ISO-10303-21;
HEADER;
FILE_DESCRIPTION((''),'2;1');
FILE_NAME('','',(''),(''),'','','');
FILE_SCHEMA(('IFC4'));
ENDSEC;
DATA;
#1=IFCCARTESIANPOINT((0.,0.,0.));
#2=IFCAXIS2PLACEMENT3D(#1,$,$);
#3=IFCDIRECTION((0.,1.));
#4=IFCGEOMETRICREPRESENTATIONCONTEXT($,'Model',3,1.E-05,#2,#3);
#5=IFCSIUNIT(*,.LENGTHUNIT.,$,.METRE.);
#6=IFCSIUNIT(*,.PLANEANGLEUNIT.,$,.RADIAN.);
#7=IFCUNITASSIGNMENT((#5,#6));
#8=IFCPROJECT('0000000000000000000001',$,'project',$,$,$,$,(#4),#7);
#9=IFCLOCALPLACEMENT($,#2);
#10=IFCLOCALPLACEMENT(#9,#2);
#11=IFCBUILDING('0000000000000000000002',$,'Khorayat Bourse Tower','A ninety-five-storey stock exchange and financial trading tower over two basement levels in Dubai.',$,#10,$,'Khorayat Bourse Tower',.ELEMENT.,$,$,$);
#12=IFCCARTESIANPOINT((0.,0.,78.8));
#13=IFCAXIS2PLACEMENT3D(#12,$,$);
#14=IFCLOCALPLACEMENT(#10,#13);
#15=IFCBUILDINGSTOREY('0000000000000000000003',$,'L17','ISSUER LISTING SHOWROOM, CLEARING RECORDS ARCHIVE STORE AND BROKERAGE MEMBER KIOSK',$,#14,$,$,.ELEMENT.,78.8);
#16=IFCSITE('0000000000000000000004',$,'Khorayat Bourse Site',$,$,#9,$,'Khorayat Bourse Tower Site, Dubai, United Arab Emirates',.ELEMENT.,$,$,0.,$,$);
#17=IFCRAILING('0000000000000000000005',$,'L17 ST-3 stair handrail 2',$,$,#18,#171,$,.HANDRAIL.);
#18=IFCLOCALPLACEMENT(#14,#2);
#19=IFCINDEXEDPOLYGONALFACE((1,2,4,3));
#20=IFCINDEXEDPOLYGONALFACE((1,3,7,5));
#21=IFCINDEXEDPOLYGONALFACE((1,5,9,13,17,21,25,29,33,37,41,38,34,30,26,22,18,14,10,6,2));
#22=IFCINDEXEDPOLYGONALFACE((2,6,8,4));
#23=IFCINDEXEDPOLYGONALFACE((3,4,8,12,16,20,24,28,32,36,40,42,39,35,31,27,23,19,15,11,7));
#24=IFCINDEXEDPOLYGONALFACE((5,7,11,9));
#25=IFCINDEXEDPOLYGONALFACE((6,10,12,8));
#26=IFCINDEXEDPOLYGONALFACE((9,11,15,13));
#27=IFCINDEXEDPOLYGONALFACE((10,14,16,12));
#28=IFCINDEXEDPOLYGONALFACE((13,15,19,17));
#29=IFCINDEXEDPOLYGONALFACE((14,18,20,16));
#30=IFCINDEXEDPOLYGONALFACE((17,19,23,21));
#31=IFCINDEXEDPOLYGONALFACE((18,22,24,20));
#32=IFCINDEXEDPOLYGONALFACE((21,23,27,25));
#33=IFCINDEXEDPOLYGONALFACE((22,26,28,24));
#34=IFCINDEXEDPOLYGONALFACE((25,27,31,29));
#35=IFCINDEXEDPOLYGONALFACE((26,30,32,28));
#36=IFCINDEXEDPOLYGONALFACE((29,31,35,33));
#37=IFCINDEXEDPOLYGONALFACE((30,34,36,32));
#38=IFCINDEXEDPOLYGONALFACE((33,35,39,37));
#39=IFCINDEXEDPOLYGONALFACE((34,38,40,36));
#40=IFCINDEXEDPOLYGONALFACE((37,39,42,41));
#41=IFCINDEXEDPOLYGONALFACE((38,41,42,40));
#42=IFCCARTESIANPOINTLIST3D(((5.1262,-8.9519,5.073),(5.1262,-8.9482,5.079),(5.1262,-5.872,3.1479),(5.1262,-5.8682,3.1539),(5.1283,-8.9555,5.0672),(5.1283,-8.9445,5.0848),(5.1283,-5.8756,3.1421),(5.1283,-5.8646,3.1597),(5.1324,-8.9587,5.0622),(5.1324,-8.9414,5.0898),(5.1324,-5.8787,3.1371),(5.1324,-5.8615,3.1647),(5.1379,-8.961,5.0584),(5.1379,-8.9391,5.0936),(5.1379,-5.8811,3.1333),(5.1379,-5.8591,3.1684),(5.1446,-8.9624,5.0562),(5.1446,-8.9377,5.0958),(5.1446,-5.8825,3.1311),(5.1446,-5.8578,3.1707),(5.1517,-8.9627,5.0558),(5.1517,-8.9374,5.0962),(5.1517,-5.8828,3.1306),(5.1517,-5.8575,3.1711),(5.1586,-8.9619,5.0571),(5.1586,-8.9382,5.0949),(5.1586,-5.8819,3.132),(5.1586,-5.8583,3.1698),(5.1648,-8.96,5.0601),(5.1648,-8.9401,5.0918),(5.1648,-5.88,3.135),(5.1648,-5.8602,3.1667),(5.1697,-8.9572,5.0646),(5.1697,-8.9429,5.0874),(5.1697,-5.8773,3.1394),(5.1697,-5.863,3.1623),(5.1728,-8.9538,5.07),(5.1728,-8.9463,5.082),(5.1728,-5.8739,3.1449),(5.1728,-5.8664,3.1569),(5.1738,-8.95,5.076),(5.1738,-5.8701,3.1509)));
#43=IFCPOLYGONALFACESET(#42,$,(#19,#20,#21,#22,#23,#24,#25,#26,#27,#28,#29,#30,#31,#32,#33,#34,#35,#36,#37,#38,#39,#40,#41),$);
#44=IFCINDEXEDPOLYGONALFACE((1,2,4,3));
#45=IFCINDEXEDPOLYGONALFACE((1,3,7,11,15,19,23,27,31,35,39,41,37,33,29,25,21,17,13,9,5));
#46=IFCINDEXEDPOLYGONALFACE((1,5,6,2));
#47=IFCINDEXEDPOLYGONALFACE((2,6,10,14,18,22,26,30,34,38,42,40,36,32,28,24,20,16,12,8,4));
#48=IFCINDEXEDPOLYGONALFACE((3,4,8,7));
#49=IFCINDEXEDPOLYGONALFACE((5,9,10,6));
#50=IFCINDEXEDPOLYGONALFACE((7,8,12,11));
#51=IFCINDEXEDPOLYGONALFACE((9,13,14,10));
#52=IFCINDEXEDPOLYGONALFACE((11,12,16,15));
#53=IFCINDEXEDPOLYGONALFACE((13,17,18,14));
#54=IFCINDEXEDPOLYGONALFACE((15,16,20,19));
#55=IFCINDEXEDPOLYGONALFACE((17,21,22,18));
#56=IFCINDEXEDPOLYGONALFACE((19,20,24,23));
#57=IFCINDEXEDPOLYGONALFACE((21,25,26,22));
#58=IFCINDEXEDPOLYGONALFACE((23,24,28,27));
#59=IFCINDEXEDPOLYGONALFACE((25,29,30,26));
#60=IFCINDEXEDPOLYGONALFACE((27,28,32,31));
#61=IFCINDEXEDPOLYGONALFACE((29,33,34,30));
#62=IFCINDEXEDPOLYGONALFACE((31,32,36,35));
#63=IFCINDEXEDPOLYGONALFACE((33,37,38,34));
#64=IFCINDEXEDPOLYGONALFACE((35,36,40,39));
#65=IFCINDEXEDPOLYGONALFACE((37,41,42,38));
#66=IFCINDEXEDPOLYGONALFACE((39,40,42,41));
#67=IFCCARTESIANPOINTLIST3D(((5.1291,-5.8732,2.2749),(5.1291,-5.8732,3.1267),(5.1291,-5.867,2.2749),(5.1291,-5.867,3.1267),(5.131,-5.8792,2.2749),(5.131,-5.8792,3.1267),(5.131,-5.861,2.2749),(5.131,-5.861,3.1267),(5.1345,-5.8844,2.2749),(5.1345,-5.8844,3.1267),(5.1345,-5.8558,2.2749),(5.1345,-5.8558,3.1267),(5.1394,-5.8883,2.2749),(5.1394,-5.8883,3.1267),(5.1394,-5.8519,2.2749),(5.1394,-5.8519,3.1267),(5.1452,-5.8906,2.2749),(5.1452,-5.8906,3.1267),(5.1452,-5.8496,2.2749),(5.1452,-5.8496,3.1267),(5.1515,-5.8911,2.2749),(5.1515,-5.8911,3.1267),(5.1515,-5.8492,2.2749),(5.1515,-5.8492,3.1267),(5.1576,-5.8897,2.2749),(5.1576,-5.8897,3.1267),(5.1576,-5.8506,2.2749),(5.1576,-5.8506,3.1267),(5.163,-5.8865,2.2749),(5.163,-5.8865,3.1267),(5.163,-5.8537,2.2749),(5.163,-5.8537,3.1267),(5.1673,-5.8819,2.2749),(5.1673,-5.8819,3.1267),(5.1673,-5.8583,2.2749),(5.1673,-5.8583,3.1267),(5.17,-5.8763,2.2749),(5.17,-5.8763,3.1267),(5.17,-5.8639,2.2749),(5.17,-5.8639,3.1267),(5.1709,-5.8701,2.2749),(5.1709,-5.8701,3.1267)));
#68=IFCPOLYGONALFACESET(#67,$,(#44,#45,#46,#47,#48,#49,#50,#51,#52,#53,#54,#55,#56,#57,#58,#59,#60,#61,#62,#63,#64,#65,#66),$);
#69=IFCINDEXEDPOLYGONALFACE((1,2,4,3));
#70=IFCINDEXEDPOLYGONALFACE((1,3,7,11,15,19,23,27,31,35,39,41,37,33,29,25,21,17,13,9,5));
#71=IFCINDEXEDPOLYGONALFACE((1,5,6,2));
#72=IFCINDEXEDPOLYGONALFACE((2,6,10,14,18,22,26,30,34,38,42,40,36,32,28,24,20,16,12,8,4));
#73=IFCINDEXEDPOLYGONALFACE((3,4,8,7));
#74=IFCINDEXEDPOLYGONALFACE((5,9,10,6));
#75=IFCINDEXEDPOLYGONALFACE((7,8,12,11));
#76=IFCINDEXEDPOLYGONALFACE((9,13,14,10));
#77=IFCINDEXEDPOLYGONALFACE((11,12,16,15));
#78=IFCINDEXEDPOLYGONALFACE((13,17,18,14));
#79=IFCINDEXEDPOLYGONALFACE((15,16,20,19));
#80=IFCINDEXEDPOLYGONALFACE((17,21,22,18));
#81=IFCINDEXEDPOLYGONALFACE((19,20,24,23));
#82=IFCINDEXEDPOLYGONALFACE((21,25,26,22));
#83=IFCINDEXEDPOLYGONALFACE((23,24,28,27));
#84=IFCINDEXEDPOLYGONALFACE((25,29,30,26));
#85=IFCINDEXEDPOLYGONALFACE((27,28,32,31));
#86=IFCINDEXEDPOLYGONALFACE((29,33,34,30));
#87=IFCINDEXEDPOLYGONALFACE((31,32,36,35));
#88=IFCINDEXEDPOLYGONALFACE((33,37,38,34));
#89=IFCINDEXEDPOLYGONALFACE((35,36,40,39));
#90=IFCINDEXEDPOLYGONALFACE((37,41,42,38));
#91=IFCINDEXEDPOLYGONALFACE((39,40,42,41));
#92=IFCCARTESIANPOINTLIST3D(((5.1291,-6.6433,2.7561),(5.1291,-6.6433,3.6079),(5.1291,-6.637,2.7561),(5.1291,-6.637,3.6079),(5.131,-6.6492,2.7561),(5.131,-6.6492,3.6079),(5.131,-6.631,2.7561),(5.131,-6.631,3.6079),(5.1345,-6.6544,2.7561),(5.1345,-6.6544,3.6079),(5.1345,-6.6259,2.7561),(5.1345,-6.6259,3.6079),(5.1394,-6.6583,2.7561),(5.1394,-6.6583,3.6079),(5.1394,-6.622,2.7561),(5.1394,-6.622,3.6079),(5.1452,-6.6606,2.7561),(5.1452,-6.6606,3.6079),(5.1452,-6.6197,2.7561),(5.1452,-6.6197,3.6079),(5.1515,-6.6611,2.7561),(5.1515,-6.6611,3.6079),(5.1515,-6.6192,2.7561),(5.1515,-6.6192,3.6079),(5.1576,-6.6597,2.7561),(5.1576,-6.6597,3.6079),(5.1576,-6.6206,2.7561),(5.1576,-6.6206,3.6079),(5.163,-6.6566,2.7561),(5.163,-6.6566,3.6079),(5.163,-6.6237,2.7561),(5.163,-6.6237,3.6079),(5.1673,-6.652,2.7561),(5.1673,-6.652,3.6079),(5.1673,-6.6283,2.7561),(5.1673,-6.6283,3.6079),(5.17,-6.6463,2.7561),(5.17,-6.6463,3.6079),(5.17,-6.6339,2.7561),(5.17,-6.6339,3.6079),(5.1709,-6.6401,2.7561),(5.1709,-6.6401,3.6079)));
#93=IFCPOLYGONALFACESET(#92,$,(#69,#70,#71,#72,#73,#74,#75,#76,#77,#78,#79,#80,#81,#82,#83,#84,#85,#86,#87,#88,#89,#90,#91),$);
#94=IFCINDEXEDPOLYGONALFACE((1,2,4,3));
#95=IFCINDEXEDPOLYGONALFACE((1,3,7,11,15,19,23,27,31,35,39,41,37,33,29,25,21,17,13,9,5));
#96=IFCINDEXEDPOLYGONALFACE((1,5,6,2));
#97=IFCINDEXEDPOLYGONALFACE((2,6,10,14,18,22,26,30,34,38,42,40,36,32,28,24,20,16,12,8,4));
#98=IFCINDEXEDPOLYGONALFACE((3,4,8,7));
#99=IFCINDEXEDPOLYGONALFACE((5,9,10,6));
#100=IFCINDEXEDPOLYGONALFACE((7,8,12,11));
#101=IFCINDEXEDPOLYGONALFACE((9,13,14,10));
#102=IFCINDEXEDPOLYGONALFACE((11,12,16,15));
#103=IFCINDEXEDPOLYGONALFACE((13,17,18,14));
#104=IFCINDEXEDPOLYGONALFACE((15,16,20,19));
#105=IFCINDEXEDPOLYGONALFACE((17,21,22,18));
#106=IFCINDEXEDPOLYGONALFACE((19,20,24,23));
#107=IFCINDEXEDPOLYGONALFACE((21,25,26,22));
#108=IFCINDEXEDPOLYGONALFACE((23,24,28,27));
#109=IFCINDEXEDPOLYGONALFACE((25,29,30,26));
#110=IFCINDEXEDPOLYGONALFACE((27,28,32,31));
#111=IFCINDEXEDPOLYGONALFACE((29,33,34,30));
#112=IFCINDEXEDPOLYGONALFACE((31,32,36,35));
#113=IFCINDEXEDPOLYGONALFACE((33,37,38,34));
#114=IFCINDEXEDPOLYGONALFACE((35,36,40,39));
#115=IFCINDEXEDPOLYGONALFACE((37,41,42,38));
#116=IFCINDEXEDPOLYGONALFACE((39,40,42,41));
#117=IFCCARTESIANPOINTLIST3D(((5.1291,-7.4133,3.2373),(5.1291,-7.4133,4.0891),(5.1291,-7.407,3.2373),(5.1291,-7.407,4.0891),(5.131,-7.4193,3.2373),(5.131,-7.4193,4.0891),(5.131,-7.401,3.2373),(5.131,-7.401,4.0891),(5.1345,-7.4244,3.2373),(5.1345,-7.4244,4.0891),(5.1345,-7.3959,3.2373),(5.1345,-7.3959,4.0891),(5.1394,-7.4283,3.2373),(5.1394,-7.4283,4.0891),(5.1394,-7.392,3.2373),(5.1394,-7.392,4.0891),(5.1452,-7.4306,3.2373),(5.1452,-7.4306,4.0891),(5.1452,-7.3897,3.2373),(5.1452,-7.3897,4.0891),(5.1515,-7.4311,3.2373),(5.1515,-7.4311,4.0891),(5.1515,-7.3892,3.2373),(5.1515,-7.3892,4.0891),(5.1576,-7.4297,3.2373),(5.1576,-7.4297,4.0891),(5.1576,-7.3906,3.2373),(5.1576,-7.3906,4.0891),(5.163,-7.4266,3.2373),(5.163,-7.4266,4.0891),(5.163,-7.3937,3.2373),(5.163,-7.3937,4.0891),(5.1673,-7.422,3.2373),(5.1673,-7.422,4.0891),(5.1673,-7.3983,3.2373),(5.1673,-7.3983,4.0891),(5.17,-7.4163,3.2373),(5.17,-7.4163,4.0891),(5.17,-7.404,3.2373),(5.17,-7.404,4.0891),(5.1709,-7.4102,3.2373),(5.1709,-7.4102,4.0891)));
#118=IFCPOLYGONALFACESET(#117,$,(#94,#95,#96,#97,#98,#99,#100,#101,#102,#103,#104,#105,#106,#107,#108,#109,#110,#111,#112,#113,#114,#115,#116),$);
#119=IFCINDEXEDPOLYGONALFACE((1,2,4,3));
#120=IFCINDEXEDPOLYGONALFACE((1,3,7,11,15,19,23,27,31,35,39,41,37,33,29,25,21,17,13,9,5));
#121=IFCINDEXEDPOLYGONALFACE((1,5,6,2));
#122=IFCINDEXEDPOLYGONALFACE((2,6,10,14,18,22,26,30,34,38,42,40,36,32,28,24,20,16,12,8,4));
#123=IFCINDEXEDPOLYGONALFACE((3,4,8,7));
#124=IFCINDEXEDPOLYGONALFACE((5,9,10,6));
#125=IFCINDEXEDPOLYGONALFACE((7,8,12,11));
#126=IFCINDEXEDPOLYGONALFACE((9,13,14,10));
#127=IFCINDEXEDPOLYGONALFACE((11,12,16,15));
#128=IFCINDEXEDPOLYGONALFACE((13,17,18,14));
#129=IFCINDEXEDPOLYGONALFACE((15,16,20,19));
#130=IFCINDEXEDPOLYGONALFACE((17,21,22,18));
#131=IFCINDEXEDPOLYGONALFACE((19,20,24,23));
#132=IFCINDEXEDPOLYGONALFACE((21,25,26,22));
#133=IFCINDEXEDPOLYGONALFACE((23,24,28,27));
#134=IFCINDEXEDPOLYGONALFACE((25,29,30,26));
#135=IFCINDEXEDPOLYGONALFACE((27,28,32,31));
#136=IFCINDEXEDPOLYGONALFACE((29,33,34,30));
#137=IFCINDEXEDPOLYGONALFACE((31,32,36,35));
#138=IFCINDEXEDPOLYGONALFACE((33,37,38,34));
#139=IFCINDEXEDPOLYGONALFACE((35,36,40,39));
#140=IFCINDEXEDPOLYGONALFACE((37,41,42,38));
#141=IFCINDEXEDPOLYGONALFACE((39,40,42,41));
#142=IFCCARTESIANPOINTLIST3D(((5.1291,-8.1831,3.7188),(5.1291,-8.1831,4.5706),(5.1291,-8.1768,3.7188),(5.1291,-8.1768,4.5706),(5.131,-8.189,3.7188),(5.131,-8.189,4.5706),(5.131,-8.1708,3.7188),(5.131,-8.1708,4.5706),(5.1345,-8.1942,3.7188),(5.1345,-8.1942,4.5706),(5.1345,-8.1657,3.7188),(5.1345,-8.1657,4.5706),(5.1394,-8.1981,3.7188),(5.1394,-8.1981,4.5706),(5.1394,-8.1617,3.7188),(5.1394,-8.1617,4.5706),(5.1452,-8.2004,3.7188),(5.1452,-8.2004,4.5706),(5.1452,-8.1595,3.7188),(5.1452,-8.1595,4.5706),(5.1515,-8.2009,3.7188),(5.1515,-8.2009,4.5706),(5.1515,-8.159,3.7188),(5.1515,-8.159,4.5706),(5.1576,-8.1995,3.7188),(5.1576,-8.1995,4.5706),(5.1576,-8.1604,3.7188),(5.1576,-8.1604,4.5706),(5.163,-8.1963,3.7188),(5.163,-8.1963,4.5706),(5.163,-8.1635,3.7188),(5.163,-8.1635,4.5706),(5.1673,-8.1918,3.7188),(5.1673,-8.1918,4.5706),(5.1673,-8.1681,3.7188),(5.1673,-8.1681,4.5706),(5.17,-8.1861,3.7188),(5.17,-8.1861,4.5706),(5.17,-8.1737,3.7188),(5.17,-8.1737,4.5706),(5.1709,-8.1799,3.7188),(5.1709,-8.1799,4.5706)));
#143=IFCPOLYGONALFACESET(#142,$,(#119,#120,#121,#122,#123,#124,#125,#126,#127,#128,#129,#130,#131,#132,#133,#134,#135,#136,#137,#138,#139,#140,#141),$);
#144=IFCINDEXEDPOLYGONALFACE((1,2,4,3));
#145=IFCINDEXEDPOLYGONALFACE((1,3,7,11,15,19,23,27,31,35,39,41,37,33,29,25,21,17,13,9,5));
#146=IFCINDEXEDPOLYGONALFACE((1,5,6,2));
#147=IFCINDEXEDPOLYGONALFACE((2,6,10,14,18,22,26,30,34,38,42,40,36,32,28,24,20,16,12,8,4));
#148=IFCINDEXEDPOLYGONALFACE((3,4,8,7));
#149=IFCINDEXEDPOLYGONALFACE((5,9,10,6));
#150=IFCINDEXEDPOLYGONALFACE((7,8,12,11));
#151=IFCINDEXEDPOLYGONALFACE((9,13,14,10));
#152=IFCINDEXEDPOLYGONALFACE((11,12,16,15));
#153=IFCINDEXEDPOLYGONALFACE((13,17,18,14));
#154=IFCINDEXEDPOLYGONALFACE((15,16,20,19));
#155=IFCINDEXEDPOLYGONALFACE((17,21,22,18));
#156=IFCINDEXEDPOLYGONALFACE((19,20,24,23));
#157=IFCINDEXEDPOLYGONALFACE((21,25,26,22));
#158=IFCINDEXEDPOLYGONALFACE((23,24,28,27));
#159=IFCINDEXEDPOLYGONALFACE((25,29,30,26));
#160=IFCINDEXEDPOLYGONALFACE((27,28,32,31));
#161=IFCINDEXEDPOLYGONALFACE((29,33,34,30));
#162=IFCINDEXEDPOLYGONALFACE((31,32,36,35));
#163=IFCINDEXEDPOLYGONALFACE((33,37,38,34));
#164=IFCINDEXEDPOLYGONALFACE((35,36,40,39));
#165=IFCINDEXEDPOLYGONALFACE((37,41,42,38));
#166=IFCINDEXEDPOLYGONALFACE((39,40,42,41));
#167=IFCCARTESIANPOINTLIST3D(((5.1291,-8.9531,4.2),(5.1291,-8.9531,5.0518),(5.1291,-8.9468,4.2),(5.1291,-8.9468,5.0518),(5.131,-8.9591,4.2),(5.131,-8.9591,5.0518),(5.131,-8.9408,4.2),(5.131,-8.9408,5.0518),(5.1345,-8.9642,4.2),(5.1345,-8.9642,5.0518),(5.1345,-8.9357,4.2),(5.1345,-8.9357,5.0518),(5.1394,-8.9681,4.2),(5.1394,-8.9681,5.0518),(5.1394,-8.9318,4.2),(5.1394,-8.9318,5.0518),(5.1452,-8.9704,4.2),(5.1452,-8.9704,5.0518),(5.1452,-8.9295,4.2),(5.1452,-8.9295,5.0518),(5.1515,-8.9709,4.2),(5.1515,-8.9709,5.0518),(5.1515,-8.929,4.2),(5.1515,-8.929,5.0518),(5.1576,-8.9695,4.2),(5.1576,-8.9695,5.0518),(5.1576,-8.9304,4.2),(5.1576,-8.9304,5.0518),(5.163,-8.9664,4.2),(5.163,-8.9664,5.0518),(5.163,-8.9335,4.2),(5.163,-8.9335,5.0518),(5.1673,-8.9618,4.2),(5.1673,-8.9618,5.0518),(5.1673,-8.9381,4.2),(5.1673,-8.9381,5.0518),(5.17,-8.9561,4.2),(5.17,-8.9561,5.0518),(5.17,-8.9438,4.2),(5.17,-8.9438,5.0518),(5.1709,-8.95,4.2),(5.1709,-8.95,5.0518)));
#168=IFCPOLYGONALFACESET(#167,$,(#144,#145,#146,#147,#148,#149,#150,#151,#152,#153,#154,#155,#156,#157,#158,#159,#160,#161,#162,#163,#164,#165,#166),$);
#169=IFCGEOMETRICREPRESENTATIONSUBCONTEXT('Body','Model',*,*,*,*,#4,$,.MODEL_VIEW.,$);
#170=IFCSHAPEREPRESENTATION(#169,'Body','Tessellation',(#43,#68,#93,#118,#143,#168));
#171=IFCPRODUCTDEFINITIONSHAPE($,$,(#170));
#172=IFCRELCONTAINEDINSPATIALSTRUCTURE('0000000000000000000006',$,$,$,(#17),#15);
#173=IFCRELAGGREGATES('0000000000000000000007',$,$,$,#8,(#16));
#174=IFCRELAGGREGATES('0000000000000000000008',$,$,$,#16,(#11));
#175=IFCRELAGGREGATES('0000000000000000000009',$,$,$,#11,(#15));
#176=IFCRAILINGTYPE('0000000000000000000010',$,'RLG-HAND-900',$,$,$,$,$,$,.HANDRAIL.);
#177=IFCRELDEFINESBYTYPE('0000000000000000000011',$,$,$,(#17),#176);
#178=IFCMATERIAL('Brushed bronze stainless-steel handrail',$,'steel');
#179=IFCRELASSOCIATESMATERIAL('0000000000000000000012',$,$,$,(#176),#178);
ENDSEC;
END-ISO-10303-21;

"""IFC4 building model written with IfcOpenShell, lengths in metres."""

from ifc_helpers import new_model, si_unit, direction, frame, origin, origin_2d, place, context, subcontext, project, spatial, circle, extrude, source, transform, mapped, material, type_object, element, save


model = new_model("IFC4")

# Units and contexts
model_context = context("Model", 3, precision=1e-05, world=origin(), true_north=direction((0.0, 1.0)))
body_context = subcontext(model_context, "Body", "Model", "MODEL_VIEW")
ifc_project = project(units=[si_unit("LENGTHUNIT", "METRE"), si_unit("PLANEANGLEUNIT", "RADIAN")], contexts=[model_context])

# Site, building, storey
site_placement = place(None, origin())
site = spatial("IfcSite", under=ifc_project, at=site_placement, Name="Khorayat Bourse Site", LongName="Khorayat Bourse Tower Site, Dubai, United Arab Emirates", CompositionType="ELEMENT", RefElevation=0.0)
building_placement = place(site_placement, origin())
building = spatial("IfcBuilding", under=site, at=building_placement, Name="Khorayat Bourse Tower", Description="A ninety-five-storey stock exchange and financial trading tower over two basement levels in Dubai.", LongName="Khorayat Bourse Tower", CompositionType="ELEMENT")
storey_placement = place(building_placement, frame((0.0, 0.0, 78.8)))
storey = spatial("IfcBuildingStorey", under=building, at=storey_placement, Name="L17", Description="ISSUER LISTING SHOWROOM, CLEARING RECORDS ARCHIVE STORE AND BROKERAGE MEMBER KIOSK", CompositionType="ELEMENT", Elevation=78.8)

# Railing
ifc_material_1 = material(Name="Brushed bronze stainless-steel handrail", Category="steel")
railing_type_1 = type_object("IfcRailingType", Name="RLG-HAND-900", PredefinedType="HANDRAIL", material=ifc_material_1)
shared_shape_1 = source(origin(), body_context, "Body", "SweptSolid", [
    extrude(circle(Radius=0.0239, at=origin_2d()), frame((0.0, 0.0, 0.876), z_axis=(0.0, -0.847979, 0.530029), x_axis=(1.0, 0.0, 0.0)), (0.0, 0.0, 1.0), 3.6321),
    extrude(circle(Radius=0.021, at=origin_2d()), origin(), (0.0, 0.0, 1.0), 0.8518),
    extrude(circle(Radius=0.021, at=origin_2d()), frame((0.0, -0.77, 0.4812)), (0.0, 0.0, 1.0), 0.8518),
    extrude(circle(Radius=0.021, at=origin_2d()), frame((0.0, -1.54, 0.9624)), (0.0, 0.0, 1.0), 0.8518),
    extrude(circle(Radius=0.021, at=origin_2d()), frame((0.0, -2.3098, 1.4438)), (0.0, 0.0, 1.0), 0.8518),
    extrude(circle(Radius=0.021, at=origin_2d()), frame((0.0, -3.0798, 1.925)), (0.0, 0.0, 1.0), 0.8518),
])
railing_1_placement = place(storey_placement, frame((5.1499, -5.8701, 2.2749)))
element("IfcRailing", 1, at=railing_1_placement, inside=storey, type_object=railing_type_1, Name="L17 ST-3 stair handrail 2", PredefinedType="HANDRAIL", context=body_context, shape_type="MappedRepresentation", body=[
    mapped(shared_shape_1, transform((0.0, 0.0, 0.0), scale=1.0)),
])

save(model, "model.ifc")
